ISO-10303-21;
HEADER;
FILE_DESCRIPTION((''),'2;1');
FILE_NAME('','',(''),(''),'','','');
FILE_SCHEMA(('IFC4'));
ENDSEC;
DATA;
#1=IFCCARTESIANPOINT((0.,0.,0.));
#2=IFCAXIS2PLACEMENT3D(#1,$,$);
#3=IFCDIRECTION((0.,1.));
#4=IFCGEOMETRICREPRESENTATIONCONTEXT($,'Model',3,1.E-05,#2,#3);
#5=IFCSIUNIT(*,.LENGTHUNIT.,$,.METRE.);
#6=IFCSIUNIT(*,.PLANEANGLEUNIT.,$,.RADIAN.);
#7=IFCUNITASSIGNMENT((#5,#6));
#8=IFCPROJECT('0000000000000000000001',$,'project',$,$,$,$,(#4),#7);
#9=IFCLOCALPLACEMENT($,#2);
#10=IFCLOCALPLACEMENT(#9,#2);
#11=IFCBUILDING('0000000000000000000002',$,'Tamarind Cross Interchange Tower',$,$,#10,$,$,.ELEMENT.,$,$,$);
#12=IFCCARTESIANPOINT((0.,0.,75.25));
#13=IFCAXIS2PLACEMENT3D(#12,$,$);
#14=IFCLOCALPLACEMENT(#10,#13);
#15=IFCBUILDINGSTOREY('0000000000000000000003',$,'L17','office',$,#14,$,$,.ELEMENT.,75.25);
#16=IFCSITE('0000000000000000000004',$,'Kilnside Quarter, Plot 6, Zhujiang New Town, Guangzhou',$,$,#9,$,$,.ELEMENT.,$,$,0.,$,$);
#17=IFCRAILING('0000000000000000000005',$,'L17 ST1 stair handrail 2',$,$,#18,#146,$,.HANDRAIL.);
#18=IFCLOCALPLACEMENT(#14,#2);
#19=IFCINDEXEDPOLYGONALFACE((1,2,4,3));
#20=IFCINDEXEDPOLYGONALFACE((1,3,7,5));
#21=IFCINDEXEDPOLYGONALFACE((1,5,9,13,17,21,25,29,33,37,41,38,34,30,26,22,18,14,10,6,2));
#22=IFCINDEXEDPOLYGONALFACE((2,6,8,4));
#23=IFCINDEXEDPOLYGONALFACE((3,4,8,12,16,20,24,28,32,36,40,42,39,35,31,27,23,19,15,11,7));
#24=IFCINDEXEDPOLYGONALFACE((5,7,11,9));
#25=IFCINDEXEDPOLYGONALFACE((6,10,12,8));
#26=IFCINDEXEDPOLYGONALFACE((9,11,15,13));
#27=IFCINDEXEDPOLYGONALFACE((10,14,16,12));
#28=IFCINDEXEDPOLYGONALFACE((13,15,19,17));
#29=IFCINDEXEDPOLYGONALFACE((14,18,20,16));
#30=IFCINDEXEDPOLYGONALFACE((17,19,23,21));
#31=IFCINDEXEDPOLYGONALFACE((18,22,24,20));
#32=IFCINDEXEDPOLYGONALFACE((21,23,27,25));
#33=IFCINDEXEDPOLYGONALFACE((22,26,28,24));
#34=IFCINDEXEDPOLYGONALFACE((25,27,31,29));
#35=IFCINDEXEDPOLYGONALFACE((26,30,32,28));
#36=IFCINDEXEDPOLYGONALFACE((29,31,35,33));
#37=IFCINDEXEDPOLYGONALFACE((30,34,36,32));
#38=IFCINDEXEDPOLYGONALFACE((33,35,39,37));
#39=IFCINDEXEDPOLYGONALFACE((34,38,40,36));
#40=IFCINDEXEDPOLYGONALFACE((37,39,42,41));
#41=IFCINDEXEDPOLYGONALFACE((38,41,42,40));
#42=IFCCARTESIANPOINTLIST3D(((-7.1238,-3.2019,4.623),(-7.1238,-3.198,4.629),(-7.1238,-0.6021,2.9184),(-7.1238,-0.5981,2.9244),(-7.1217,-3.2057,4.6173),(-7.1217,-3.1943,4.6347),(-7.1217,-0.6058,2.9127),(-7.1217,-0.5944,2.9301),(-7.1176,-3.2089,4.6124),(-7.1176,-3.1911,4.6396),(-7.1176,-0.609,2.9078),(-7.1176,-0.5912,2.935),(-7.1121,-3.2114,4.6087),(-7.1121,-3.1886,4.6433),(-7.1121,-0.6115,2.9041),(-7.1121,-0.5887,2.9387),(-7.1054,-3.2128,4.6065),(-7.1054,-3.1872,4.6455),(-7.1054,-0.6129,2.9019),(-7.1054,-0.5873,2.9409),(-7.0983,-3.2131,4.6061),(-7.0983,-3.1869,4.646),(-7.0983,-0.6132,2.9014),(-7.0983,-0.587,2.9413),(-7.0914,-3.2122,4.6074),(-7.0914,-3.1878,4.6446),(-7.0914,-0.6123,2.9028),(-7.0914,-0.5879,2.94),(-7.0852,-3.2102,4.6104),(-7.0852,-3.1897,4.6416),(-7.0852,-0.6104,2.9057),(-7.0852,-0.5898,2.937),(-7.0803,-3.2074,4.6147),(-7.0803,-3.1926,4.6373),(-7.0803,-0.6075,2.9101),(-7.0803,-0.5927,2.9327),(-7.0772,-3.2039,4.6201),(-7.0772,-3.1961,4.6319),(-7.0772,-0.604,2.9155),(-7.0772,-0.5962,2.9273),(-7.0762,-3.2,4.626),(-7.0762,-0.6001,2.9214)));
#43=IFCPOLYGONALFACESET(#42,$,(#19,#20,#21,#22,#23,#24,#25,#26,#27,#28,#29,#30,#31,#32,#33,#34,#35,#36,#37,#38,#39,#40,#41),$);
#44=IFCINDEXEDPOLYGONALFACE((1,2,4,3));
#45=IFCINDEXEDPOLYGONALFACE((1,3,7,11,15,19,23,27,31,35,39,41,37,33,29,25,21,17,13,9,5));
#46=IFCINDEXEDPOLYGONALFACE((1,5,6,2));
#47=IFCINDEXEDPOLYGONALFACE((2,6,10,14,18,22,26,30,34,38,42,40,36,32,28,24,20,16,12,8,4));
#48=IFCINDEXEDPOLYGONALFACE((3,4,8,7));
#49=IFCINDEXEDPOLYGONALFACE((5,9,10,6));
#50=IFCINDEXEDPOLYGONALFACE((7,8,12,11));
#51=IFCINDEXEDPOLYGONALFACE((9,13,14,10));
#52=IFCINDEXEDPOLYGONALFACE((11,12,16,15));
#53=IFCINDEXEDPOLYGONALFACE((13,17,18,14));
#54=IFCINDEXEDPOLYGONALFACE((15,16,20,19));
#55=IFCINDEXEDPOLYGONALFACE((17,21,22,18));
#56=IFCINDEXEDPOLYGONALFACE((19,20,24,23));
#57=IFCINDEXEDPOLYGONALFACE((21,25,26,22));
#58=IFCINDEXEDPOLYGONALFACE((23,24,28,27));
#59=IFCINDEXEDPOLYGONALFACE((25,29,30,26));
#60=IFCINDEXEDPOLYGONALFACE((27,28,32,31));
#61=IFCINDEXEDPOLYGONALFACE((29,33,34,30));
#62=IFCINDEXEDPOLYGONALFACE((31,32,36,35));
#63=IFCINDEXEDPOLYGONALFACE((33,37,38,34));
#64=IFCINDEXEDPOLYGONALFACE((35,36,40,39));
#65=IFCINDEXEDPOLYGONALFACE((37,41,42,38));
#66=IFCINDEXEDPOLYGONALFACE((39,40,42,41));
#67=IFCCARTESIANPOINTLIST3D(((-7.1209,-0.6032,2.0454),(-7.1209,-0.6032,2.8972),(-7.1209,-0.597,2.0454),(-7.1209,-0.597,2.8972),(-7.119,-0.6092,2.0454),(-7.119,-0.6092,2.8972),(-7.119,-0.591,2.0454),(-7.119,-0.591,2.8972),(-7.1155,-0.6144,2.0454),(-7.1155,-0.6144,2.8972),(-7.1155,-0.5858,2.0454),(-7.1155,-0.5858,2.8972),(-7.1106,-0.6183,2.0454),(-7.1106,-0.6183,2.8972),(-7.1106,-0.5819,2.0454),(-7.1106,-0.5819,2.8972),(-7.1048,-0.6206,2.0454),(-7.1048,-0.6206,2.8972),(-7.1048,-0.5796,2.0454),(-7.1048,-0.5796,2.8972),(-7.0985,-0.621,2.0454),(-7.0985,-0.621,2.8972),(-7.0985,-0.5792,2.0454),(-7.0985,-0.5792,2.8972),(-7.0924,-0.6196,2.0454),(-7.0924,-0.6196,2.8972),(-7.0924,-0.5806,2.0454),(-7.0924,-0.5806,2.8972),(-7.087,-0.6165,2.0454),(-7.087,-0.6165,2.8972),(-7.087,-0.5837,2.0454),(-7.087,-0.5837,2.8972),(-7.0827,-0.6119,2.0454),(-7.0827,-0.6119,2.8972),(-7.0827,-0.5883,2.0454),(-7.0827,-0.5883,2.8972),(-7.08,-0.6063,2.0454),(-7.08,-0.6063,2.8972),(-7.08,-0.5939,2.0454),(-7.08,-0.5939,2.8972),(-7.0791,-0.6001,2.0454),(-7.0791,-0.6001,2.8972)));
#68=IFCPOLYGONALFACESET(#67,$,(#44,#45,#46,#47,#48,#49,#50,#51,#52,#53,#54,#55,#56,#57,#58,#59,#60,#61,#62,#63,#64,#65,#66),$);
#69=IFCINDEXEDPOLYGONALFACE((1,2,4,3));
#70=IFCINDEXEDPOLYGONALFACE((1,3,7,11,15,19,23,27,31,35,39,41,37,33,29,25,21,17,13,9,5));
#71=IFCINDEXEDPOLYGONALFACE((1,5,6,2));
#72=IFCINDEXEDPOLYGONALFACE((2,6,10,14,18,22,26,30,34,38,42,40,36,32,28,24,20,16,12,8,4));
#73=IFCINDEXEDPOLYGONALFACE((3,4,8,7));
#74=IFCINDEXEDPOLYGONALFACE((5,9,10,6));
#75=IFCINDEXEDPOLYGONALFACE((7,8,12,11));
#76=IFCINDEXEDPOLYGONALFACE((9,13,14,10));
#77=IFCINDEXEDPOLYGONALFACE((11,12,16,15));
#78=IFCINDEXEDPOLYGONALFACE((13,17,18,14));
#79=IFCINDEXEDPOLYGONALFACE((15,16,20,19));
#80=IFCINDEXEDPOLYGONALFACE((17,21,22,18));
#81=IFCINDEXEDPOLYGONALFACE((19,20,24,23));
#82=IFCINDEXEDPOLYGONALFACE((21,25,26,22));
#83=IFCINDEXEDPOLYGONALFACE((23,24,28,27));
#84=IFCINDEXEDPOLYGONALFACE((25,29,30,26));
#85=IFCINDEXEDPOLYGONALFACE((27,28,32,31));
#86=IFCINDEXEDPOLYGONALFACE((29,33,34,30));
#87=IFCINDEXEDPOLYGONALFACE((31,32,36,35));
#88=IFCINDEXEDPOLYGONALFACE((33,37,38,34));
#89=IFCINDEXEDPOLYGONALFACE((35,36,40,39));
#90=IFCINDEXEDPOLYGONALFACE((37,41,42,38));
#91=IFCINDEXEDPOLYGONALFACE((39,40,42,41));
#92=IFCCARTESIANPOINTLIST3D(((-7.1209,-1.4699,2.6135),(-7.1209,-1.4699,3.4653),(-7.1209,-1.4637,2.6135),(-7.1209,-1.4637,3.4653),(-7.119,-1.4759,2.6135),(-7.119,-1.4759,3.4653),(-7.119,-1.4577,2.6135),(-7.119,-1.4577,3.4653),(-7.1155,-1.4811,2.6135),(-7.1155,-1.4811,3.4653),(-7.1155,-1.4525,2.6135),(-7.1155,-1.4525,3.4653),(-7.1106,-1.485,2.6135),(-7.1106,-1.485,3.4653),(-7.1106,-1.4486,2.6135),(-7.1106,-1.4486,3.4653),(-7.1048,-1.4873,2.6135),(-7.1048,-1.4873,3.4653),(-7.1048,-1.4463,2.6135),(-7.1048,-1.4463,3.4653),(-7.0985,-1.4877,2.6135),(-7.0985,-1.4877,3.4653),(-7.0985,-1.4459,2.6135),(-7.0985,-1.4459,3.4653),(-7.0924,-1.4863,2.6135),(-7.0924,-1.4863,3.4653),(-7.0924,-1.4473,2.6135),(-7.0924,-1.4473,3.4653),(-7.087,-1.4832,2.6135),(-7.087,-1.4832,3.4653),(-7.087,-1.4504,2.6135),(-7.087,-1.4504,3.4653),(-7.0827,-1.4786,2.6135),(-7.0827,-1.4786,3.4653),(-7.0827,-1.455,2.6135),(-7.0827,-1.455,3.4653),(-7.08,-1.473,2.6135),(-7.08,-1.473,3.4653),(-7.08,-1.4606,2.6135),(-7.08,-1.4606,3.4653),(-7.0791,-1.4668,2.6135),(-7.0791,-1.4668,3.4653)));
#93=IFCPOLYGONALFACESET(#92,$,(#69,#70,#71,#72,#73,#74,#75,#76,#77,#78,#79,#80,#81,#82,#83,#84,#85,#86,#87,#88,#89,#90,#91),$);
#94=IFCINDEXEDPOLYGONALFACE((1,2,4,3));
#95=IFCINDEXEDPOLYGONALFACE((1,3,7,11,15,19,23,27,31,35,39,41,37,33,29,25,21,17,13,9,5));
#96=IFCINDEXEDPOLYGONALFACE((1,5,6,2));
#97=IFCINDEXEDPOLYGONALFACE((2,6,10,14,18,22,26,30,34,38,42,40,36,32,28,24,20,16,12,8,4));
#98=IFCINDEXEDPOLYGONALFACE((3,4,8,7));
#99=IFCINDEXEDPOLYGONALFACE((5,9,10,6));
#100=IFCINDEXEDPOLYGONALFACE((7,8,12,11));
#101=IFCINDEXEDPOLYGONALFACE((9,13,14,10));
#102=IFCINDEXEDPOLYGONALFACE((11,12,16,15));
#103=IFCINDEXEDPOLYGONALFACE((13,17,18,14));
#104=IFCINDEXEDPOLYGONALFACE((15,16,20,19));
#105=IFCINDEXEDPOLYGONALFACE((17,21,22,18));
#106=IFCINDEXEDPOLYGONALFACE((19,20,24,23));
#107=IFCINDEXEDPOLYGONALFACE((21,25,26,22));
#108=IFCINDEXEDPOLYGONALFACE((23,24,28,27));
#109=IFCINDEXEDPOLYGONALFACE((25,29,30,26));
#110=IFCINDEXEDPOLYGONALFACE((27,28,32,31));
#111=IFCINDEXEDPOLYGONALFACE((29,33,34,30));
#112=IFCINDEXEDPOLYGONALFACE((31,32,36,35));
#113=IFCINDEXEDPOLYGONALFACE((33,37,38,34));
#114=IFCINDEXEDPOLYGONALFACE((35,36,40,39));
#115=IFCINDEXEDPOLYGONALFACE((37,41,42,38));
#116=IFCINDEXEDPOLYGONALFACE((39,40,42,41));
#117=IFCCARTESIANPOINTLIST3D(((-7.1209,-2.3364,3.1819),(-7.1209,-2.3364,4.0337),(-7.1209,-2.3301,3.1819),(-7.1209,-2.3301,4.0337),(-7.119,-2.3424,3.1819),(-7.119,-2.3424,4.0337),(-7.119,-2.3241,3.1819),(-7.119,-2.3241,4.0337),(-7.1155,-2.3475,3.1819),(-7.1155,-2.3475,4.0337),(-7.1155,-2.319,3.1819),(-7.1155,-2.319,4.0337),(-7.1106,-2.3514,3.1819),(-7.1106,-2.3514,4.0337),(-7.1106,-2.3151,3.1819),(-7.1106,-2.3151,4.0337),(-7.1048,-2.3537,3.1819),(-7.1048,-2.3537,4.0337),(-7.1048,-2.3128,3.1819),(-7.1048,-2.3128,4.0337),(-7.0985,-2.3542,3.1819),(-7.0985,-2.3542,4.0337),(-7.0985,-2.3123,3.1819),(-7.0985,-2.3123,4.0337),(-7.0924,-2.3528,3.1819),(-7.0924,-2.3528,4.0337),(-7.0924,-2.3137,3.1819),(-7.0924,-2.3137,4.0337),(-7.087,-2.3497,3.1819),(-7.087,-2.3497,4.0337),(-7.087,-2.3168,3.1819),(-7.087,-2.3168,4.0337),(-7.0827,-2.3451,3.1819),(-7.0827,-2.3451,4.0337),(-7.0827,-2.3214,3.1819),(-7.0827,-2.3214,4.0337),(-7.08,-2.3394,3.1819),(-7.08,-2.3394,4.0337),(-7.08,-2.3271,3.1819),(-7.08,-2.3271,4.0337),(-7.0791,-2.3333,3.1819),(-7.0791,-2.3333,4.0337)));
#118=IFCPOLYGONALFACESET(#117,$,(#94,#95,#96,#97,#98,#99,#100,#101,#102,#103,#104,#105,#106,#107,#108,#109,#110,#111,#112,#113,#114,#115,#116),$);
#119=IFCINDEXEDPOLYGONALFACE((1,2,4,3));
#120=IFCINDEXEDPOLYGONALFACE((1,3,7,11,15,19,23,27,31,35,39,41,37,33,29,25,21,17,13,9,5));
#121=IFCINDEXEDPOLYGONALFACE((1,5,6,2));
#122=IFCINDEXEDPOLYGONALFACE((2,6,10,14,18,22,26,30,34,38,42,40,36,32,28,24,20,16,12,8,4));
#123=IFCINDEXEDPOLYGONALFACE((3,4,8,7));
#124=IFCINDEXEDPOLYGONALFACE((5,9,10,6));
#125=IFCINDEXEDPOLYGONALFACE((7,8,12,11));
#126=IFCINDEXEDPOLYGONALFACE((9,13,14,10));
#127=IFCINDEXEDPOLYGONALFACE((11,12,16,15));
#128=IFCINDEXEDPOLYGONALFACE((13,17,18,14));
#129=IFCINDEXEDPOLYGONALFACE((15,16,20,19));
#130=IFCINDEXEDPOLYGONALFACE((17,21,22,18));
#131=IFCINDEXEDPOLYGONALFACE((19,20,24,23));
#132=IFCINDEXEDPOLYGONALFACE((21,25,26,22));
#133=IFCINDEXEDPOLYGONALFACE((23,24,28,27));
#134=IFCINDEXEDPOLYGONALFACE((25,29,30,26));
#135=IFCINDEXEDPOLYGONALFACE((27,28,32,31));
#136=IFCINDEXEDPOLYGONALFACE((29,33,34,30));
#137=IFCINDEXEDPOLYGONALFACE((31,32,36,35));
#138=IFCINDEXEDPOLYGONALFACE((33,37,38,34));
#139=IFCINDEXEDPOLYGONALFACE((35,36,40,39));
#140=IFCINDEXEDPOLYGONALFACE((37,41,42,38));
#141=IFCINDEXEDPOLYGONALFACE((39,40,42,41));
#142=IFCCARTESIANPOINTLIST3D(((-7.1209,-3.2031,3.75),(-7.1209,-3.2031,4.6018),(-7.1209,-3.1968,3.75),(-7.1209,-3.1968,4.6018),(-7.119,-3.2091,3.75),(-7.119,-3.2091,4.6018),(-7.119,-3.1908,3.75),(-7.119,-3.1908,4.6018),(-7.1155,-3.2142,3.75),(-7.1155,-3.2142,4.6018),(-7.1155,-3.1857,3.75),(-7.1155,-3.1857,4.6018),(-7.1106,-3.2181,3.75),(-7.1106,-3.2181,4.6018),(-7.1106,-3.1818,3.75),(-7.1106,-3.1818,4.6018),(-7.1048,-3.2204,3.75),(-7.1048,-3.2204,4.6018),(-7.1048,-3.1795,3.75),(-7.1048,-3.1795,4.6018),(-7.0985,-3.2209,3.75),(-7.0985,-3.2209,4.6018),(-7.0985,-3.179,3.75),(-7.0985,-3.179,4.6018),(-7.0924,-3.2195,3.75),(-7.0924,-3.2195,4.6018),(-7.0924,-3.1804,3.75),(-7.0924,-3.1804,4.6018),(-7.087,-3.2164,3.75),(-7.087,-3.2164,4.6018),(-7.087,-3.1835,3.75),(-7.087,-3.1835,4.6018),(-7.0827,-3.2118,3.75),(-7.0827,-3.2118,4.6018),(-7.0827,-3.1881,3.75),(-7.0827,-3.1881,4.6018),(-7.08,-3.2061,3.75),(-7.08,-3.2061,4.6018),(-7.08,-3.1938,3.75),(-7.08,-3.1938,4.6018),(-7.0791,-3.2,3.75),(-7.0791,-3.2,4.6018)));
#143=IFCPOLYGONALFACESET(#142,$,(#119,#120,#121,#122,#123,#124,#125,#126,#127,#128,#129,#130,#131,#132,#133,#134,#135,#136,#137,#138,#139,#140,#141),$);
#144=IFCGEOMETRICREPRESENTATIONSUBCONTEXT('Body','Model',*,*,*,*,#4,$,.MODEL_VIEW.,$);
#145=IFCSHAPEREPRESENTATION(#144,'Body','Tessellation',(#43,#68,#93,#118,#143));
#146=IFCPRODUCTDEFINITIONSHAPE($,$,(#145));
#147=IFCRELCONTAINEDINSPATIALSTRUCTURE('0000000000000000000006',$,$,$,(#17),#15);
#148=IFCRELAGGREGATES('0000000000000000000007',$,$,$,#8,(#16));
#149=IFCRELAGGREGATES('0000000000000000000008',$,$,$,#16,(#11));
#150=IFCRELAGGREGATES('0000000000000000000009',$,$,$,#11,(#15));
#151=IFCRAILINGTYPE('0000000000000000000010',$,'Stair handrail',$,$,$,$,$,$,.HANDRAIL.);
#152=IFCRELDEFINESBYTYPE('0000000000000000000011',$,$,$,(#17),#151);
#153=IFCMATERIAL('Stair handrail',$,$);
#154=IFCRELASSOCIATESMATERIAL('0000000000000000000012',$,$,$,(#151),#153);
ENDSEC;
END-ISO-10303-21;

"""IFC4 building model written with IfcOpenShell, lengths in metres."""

from ifc_helpers import new_model, si_unit, direction, frame, origin, origin_2d, place, context, subcontext, project, spatial, circle, extrude, material, type_object, element, save


model = new_model("IFC4")

# Units and contexts
model_context = context("Model", 3, precision=1e-05, world=origin(), true_north=direction((0.0, 1.0)))
body_context = subcontext(model_context, "Body", "Model", "MODEL_VIEW")
ifc_project = project(units=[si_unit("LENGTHUNIT", "METRE"), si_unit("PLANEANGLEUNIT", "RADIAN")], contexts=[model_context])

# Site, building, storey
site_placement = place(None, origin())
site = spatial("IfcSite", under=ifc_project, at=site_placement, Name="Kilnside Quarter, Plot 6, Zhujiang New Town, Guangzhou", CompositionType="ELEMENT", RefElevation=0.0)
building_placement = place(site_placement, origin())
building = spatial("IfcBuilding", under=site, at=building_placement, Name="Tamarind Cross Interchange Tower", CompositionType="ELEMENT")
storey_placement = place(building_placement, frame((0.0, 0.0, 75.25)))
storey = spatial("IfcBuildingStorey", under=building, at=storey_placement, Name="L17", Description="office", CompositionType="ELEMENT", Elevation=75.25)

# Railing
ifc_material_1 = material(Name="Stair handrail")
railing_type_1 = type_object("IfcRailingType", Name="Stair handrail", PredefinedType="HANDRAIL", material=ifc_material_1)
railing_1_placement = place(storey_placement, frame((-7.1001, -0.6001, 2.0454)))
element("IfcRailing", 1, at=railing_1_placement, inside=storey, type_object=railing_type_1, Name="L17 ST1 stair handrail 2", PredefinedType="HANDRAIL", context=body_context, shape_type="SweptSolid", body=[
    extrude(circle(Radius=0.0239, at=origin_2d()), frame((0.0, 0.0, 0.876), z_axis=(0.0, -0.836279, 0.548305), x_axis=(1.0, 0.0, 0.0)), (0.0, 0.0, 1.0), 3.1089),
    extrude(circle(Radius=0.021, at=origin_2d()), origin(), (0.0, 0.0, 1.0), 0.8518),
    extrude(circle(Radius=0.021, at=origin_2d()), frame((0.0, -0.8667, 0.5681)), (0.0, 0.0, 1.0), 0.8518),
    extrude(circle(Radius=0.021, at=origin_2d()), frame((0.0, -1.7332, 1.1365)), (0.0, 0.0, 1.0), 0.8518),
    extrude(circle(Radius=0.021, at=origin_2d()), frame((0.0, -2.5999, 1.7046)), (0.0, 0.0, 1.0), 0.8518),
])

save(model, "model.ifc")
